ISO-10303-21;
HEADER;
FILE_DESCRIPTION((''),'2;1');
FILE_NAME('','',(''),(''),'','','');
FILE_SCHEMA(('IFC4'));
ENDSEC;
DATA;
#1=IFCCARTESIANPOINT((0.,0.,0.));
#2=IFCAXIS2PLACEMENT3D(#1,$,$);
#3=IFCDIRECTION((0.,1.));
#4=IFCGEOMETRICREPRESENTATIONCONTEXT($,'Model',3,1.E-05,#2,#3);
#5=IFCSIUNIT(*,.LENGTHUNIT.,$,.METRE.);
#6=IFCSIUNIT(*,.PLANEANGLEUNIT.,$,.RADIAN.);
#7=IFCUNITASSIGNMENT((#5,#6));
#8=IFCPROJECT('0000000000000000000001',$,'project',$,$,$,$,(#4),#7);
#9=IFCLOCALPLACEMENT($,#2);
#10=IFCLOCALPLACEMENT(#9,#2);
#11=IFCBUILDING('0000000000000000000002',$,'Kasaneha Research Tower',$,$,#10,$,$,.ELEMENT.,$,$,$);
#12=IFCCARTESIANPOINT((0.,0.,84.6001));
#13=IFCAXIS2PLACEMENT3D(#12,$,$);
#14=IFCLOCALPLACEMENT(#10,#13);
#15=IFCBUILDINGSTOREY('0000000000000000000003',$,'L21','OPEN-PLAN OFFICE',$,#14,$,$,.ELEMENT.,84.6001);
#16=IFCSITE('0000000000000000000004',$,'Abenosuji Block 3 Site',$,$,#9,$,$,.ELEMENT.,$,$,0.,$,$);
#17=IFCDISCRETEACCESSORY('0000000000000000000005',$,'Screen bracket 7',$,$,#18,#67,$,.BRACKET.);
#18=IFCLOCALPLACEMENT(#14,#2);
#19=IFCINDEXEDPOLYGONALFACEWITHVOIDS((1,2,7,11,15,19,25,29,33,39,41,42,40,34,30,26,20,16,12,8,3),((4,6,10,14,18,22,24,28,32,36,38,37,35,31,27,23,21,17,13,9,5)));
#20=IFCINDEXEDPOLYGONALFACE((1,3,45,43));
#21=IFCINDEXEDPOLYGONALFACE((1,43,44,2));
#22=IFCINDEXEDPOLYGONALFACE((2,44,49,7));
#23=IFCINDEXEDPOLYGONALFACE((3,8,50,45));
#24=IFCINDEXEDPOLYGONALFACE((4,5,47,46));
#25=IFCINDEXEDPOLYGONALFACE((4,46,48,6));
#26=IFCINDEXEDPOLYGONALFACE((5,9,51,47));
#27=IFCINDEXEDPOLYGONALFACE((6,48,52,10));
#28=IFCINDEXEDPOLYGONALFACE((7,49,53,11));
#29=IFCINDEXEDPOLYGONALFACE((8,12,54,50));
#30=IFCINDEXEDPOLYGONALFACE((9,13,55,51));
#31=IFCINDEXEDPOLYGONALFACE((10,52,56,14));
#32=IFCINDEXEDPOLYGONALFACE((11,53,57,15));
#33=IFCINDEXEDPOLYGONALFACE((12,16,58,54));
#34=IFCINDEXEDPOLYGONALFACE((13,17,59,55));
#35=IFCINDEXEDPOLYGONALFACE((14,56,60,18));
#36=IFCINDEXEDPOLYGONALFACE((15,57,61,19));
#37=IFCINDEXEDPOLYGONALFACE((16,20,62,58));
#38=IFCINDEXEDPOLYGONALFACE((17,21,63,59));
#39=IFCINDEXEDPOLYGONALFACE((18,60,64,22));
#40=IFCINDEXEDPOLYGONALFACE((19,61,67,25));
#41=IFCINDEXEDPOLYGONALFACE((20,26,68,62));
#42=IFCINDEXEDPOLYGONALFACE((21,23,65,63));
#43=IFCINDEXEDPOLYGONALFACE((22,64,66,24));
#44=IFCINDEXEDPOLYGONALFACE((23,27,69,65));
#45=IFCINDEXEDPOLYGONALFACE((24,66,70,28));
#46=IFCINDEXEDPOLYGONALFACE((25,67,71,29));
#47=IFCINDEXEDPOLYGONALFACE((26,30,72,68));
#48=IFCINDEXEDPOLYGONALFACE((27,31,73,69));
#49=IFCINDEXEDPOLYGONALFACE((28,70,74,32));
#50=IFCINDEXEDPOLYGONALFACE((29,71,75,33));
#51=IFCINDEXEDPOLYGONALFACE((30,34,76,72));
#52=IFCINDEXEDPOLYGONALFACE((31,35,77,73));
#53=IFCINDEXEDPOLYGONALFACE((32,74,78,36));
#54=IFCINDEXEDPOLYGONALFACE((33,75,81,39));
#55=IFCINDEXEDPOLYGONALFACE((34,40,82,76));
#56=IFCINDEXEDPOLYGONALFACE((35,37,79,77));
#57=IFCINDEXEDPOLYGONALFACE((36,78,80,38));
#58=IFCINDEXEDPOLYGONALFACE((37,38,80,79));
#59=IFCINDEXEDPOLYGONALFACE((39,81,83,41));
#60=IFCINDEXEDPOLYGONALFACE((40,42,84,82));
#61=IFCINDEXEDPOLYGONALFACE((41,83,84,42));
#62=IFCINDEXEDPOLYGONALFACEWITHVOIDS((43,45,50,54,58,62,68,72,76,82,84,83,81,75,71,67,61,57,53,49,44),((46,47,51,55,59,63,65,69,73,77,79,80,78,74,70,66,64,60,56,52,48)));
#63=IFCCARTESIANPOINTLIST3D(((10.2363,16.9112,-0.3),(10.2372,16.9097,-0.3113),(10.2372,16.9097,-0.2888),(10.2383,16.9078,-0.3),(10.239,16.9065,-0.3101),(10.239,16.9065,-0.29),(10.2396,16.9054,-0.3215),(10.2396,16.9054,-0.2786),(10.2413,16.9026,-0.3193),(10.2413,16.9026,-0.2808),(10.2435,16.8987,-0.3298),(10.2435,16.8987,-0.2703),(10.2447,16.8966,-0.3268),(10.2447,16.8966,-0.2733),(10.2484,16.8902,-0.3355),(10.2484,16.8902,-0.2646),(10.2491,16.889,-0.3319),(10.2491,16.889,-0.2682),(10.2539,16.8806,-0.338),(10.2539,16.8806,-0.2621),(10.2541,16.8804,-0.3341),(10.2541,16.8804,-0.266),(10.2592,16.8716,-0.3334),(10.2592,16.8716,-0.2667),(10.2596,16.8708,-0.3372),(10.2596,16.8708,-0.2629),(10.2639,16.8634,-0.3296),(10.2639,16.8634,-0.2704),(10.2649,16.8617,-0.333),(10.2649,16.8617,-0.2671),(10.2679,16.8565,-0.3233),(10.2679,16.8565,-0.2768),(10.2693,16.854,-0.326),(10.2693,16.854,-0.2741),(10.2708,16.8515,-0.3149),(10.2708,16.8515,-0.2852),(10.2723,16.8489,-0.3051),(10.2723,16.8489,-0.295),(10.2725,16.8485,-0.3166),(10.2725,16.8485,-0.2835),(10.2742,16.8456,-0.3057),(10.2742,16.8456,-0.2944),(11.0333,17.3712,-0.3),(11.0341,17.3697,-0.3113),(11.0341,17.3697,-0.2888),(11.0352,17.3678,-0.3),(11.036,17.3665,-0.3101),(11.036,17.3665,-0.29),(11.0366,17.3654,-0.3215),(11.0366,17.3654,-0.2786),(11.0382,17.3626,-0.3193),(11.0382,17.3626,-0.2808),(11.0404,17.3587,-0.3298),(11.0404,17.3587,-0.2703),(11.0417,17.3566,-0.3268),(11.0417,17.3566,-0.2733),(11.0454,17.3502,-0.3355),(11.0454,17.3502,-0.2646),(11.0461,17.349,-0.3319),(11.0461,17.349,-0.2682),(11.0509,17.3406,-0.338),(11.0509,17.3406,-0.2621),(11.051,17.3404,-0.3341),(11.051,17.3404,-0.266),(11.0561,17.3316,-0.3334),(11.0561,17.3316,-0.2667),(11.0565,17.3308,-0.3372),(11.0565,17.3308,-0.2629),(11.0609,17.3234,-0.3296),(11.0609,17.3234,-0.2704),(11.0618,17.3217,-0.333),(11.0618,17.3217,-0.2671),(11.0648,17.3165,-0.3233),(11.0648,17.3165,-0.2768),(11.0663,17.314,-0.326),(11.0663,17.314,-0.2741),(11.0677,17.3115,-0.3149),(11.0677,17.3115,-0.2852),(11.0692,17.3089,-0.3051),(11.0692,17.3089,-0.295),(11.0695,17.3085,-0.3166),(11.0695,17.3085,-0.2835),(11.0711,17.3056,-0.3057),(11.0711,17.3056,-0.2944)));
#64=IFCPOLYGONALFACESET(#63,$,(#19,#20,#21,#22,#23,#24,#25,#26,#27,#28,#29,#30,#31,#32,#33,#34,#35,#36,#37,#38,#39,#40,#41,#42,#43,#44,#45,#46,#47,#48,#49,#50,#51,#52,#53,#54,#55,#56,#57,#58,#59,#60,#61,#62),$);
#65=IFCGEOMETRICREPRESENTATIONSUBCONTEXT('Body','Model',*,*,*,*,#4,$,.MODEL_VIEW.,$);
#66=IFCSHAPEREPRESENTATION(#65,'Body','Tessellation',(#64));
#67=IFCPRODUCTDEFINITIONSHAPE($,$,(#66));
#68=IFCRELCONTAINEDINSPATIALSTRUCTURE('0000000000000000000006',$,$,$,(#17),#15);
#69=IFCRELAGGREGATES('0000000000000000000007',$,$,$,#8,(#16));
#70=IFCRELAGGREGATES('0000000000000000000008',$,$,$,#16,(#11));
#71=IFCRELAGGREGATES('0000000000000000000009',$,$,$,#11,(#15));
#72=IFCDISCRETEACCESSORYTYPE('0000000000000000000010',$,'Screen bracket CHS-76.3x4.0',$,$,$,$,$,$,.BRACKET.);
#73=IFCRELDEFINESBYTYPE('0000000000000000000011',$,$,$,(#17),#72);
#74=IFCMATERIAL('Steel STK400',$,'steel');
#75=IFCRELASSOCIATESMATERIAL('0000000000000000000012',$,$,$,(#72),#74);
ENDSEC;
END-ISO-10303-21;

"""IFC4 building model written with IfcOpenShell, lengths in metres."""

from ifc_helpers import new_model, si_unit, direction, frame, origin, origin_2d, place, context, subcontext, project, spatial, hollow_circle, extrude, material, material_profile, profile_set, type_object, element, save


model = new_model("IFC4")

# Units and contexts
model_context = context("Model", 3, precision=1e-05, world=origin(), true_north=direction((0.0, 1.0)))
body_context = subcontext(model_context, "Body", "Model", "MODEL_VIEW")
ifc_project = project(units=[si_unit("LENGTHUNIT", "METRE"), si_unit("PLANEANGLEUNIT", "RADIAN")], contexts=[model_context])

# Site, building, storey
site_placement = place(None, origin())
site = spatial("IfcSite", under=ifc_project, at=site_placement, Name="Abenosuji Block 3 Site", CompositionType="ELEMENT", RefElevation=0.0)
building_placement = place(site_placement, origin())
building = spatial("IfcBuilding", under=site, at=building_placement, Name="Kasaneha Research Tower", CompositionType="ELEMENT")
storey_placement = place(building_placement, frame((0.0, 0.0, 84.6001)))
storey = spatial("IfcBuildingStorey", under=building, at=storey_placement, Name="L21", Description="OPEN-PLAN OFFICE", CompositionType="ELEMENT", Elevation=84.6001)

# Discrete accessory
ifc_material_1 = material(Name="Steel STK400", Category="steel")
ifc_material_profile_1 = material_profile(ifc_material_1, hollow_circle(Radius=0.0381, WallThickness=0.0039, at=origin_2d()), Name="CHS-76.3x4.0")
ifc_profile_set_1 = profile_set([ifc_material_profile_1], Name="Steel STK400")
discrete_accessory_type = type_object("IfcDiscreteAccessoryType", Name="Screen bracket CHS-76.3x4.0", PredefinedType="BRACKET", material=ifc_profile_set_1)
discrete_accessory_placement = place(storey_placement, frame((10.2554, 16.8782, -0.3), z_axis=(0.86608, 0.499906, 0.0), x_axis=(-0.499906, 0.86608, 0.0)))
element("IfcDiscreteAccessory", 1, at=discrete_accessory_placement, inside=storey, type_object=discrete_accessory_type, Name="Screen bracket 7", PredefinedType="BRACKET", context=body_context, shape_type="SweptSolid", body=[
    extrude(hollow_circle(Radius=0.0381, WallThickness=0.0039, at=origin_2d()), origin(), (0.0, 0.0, 1.0), 0.9202),
])

save(model, "model.ifc")
